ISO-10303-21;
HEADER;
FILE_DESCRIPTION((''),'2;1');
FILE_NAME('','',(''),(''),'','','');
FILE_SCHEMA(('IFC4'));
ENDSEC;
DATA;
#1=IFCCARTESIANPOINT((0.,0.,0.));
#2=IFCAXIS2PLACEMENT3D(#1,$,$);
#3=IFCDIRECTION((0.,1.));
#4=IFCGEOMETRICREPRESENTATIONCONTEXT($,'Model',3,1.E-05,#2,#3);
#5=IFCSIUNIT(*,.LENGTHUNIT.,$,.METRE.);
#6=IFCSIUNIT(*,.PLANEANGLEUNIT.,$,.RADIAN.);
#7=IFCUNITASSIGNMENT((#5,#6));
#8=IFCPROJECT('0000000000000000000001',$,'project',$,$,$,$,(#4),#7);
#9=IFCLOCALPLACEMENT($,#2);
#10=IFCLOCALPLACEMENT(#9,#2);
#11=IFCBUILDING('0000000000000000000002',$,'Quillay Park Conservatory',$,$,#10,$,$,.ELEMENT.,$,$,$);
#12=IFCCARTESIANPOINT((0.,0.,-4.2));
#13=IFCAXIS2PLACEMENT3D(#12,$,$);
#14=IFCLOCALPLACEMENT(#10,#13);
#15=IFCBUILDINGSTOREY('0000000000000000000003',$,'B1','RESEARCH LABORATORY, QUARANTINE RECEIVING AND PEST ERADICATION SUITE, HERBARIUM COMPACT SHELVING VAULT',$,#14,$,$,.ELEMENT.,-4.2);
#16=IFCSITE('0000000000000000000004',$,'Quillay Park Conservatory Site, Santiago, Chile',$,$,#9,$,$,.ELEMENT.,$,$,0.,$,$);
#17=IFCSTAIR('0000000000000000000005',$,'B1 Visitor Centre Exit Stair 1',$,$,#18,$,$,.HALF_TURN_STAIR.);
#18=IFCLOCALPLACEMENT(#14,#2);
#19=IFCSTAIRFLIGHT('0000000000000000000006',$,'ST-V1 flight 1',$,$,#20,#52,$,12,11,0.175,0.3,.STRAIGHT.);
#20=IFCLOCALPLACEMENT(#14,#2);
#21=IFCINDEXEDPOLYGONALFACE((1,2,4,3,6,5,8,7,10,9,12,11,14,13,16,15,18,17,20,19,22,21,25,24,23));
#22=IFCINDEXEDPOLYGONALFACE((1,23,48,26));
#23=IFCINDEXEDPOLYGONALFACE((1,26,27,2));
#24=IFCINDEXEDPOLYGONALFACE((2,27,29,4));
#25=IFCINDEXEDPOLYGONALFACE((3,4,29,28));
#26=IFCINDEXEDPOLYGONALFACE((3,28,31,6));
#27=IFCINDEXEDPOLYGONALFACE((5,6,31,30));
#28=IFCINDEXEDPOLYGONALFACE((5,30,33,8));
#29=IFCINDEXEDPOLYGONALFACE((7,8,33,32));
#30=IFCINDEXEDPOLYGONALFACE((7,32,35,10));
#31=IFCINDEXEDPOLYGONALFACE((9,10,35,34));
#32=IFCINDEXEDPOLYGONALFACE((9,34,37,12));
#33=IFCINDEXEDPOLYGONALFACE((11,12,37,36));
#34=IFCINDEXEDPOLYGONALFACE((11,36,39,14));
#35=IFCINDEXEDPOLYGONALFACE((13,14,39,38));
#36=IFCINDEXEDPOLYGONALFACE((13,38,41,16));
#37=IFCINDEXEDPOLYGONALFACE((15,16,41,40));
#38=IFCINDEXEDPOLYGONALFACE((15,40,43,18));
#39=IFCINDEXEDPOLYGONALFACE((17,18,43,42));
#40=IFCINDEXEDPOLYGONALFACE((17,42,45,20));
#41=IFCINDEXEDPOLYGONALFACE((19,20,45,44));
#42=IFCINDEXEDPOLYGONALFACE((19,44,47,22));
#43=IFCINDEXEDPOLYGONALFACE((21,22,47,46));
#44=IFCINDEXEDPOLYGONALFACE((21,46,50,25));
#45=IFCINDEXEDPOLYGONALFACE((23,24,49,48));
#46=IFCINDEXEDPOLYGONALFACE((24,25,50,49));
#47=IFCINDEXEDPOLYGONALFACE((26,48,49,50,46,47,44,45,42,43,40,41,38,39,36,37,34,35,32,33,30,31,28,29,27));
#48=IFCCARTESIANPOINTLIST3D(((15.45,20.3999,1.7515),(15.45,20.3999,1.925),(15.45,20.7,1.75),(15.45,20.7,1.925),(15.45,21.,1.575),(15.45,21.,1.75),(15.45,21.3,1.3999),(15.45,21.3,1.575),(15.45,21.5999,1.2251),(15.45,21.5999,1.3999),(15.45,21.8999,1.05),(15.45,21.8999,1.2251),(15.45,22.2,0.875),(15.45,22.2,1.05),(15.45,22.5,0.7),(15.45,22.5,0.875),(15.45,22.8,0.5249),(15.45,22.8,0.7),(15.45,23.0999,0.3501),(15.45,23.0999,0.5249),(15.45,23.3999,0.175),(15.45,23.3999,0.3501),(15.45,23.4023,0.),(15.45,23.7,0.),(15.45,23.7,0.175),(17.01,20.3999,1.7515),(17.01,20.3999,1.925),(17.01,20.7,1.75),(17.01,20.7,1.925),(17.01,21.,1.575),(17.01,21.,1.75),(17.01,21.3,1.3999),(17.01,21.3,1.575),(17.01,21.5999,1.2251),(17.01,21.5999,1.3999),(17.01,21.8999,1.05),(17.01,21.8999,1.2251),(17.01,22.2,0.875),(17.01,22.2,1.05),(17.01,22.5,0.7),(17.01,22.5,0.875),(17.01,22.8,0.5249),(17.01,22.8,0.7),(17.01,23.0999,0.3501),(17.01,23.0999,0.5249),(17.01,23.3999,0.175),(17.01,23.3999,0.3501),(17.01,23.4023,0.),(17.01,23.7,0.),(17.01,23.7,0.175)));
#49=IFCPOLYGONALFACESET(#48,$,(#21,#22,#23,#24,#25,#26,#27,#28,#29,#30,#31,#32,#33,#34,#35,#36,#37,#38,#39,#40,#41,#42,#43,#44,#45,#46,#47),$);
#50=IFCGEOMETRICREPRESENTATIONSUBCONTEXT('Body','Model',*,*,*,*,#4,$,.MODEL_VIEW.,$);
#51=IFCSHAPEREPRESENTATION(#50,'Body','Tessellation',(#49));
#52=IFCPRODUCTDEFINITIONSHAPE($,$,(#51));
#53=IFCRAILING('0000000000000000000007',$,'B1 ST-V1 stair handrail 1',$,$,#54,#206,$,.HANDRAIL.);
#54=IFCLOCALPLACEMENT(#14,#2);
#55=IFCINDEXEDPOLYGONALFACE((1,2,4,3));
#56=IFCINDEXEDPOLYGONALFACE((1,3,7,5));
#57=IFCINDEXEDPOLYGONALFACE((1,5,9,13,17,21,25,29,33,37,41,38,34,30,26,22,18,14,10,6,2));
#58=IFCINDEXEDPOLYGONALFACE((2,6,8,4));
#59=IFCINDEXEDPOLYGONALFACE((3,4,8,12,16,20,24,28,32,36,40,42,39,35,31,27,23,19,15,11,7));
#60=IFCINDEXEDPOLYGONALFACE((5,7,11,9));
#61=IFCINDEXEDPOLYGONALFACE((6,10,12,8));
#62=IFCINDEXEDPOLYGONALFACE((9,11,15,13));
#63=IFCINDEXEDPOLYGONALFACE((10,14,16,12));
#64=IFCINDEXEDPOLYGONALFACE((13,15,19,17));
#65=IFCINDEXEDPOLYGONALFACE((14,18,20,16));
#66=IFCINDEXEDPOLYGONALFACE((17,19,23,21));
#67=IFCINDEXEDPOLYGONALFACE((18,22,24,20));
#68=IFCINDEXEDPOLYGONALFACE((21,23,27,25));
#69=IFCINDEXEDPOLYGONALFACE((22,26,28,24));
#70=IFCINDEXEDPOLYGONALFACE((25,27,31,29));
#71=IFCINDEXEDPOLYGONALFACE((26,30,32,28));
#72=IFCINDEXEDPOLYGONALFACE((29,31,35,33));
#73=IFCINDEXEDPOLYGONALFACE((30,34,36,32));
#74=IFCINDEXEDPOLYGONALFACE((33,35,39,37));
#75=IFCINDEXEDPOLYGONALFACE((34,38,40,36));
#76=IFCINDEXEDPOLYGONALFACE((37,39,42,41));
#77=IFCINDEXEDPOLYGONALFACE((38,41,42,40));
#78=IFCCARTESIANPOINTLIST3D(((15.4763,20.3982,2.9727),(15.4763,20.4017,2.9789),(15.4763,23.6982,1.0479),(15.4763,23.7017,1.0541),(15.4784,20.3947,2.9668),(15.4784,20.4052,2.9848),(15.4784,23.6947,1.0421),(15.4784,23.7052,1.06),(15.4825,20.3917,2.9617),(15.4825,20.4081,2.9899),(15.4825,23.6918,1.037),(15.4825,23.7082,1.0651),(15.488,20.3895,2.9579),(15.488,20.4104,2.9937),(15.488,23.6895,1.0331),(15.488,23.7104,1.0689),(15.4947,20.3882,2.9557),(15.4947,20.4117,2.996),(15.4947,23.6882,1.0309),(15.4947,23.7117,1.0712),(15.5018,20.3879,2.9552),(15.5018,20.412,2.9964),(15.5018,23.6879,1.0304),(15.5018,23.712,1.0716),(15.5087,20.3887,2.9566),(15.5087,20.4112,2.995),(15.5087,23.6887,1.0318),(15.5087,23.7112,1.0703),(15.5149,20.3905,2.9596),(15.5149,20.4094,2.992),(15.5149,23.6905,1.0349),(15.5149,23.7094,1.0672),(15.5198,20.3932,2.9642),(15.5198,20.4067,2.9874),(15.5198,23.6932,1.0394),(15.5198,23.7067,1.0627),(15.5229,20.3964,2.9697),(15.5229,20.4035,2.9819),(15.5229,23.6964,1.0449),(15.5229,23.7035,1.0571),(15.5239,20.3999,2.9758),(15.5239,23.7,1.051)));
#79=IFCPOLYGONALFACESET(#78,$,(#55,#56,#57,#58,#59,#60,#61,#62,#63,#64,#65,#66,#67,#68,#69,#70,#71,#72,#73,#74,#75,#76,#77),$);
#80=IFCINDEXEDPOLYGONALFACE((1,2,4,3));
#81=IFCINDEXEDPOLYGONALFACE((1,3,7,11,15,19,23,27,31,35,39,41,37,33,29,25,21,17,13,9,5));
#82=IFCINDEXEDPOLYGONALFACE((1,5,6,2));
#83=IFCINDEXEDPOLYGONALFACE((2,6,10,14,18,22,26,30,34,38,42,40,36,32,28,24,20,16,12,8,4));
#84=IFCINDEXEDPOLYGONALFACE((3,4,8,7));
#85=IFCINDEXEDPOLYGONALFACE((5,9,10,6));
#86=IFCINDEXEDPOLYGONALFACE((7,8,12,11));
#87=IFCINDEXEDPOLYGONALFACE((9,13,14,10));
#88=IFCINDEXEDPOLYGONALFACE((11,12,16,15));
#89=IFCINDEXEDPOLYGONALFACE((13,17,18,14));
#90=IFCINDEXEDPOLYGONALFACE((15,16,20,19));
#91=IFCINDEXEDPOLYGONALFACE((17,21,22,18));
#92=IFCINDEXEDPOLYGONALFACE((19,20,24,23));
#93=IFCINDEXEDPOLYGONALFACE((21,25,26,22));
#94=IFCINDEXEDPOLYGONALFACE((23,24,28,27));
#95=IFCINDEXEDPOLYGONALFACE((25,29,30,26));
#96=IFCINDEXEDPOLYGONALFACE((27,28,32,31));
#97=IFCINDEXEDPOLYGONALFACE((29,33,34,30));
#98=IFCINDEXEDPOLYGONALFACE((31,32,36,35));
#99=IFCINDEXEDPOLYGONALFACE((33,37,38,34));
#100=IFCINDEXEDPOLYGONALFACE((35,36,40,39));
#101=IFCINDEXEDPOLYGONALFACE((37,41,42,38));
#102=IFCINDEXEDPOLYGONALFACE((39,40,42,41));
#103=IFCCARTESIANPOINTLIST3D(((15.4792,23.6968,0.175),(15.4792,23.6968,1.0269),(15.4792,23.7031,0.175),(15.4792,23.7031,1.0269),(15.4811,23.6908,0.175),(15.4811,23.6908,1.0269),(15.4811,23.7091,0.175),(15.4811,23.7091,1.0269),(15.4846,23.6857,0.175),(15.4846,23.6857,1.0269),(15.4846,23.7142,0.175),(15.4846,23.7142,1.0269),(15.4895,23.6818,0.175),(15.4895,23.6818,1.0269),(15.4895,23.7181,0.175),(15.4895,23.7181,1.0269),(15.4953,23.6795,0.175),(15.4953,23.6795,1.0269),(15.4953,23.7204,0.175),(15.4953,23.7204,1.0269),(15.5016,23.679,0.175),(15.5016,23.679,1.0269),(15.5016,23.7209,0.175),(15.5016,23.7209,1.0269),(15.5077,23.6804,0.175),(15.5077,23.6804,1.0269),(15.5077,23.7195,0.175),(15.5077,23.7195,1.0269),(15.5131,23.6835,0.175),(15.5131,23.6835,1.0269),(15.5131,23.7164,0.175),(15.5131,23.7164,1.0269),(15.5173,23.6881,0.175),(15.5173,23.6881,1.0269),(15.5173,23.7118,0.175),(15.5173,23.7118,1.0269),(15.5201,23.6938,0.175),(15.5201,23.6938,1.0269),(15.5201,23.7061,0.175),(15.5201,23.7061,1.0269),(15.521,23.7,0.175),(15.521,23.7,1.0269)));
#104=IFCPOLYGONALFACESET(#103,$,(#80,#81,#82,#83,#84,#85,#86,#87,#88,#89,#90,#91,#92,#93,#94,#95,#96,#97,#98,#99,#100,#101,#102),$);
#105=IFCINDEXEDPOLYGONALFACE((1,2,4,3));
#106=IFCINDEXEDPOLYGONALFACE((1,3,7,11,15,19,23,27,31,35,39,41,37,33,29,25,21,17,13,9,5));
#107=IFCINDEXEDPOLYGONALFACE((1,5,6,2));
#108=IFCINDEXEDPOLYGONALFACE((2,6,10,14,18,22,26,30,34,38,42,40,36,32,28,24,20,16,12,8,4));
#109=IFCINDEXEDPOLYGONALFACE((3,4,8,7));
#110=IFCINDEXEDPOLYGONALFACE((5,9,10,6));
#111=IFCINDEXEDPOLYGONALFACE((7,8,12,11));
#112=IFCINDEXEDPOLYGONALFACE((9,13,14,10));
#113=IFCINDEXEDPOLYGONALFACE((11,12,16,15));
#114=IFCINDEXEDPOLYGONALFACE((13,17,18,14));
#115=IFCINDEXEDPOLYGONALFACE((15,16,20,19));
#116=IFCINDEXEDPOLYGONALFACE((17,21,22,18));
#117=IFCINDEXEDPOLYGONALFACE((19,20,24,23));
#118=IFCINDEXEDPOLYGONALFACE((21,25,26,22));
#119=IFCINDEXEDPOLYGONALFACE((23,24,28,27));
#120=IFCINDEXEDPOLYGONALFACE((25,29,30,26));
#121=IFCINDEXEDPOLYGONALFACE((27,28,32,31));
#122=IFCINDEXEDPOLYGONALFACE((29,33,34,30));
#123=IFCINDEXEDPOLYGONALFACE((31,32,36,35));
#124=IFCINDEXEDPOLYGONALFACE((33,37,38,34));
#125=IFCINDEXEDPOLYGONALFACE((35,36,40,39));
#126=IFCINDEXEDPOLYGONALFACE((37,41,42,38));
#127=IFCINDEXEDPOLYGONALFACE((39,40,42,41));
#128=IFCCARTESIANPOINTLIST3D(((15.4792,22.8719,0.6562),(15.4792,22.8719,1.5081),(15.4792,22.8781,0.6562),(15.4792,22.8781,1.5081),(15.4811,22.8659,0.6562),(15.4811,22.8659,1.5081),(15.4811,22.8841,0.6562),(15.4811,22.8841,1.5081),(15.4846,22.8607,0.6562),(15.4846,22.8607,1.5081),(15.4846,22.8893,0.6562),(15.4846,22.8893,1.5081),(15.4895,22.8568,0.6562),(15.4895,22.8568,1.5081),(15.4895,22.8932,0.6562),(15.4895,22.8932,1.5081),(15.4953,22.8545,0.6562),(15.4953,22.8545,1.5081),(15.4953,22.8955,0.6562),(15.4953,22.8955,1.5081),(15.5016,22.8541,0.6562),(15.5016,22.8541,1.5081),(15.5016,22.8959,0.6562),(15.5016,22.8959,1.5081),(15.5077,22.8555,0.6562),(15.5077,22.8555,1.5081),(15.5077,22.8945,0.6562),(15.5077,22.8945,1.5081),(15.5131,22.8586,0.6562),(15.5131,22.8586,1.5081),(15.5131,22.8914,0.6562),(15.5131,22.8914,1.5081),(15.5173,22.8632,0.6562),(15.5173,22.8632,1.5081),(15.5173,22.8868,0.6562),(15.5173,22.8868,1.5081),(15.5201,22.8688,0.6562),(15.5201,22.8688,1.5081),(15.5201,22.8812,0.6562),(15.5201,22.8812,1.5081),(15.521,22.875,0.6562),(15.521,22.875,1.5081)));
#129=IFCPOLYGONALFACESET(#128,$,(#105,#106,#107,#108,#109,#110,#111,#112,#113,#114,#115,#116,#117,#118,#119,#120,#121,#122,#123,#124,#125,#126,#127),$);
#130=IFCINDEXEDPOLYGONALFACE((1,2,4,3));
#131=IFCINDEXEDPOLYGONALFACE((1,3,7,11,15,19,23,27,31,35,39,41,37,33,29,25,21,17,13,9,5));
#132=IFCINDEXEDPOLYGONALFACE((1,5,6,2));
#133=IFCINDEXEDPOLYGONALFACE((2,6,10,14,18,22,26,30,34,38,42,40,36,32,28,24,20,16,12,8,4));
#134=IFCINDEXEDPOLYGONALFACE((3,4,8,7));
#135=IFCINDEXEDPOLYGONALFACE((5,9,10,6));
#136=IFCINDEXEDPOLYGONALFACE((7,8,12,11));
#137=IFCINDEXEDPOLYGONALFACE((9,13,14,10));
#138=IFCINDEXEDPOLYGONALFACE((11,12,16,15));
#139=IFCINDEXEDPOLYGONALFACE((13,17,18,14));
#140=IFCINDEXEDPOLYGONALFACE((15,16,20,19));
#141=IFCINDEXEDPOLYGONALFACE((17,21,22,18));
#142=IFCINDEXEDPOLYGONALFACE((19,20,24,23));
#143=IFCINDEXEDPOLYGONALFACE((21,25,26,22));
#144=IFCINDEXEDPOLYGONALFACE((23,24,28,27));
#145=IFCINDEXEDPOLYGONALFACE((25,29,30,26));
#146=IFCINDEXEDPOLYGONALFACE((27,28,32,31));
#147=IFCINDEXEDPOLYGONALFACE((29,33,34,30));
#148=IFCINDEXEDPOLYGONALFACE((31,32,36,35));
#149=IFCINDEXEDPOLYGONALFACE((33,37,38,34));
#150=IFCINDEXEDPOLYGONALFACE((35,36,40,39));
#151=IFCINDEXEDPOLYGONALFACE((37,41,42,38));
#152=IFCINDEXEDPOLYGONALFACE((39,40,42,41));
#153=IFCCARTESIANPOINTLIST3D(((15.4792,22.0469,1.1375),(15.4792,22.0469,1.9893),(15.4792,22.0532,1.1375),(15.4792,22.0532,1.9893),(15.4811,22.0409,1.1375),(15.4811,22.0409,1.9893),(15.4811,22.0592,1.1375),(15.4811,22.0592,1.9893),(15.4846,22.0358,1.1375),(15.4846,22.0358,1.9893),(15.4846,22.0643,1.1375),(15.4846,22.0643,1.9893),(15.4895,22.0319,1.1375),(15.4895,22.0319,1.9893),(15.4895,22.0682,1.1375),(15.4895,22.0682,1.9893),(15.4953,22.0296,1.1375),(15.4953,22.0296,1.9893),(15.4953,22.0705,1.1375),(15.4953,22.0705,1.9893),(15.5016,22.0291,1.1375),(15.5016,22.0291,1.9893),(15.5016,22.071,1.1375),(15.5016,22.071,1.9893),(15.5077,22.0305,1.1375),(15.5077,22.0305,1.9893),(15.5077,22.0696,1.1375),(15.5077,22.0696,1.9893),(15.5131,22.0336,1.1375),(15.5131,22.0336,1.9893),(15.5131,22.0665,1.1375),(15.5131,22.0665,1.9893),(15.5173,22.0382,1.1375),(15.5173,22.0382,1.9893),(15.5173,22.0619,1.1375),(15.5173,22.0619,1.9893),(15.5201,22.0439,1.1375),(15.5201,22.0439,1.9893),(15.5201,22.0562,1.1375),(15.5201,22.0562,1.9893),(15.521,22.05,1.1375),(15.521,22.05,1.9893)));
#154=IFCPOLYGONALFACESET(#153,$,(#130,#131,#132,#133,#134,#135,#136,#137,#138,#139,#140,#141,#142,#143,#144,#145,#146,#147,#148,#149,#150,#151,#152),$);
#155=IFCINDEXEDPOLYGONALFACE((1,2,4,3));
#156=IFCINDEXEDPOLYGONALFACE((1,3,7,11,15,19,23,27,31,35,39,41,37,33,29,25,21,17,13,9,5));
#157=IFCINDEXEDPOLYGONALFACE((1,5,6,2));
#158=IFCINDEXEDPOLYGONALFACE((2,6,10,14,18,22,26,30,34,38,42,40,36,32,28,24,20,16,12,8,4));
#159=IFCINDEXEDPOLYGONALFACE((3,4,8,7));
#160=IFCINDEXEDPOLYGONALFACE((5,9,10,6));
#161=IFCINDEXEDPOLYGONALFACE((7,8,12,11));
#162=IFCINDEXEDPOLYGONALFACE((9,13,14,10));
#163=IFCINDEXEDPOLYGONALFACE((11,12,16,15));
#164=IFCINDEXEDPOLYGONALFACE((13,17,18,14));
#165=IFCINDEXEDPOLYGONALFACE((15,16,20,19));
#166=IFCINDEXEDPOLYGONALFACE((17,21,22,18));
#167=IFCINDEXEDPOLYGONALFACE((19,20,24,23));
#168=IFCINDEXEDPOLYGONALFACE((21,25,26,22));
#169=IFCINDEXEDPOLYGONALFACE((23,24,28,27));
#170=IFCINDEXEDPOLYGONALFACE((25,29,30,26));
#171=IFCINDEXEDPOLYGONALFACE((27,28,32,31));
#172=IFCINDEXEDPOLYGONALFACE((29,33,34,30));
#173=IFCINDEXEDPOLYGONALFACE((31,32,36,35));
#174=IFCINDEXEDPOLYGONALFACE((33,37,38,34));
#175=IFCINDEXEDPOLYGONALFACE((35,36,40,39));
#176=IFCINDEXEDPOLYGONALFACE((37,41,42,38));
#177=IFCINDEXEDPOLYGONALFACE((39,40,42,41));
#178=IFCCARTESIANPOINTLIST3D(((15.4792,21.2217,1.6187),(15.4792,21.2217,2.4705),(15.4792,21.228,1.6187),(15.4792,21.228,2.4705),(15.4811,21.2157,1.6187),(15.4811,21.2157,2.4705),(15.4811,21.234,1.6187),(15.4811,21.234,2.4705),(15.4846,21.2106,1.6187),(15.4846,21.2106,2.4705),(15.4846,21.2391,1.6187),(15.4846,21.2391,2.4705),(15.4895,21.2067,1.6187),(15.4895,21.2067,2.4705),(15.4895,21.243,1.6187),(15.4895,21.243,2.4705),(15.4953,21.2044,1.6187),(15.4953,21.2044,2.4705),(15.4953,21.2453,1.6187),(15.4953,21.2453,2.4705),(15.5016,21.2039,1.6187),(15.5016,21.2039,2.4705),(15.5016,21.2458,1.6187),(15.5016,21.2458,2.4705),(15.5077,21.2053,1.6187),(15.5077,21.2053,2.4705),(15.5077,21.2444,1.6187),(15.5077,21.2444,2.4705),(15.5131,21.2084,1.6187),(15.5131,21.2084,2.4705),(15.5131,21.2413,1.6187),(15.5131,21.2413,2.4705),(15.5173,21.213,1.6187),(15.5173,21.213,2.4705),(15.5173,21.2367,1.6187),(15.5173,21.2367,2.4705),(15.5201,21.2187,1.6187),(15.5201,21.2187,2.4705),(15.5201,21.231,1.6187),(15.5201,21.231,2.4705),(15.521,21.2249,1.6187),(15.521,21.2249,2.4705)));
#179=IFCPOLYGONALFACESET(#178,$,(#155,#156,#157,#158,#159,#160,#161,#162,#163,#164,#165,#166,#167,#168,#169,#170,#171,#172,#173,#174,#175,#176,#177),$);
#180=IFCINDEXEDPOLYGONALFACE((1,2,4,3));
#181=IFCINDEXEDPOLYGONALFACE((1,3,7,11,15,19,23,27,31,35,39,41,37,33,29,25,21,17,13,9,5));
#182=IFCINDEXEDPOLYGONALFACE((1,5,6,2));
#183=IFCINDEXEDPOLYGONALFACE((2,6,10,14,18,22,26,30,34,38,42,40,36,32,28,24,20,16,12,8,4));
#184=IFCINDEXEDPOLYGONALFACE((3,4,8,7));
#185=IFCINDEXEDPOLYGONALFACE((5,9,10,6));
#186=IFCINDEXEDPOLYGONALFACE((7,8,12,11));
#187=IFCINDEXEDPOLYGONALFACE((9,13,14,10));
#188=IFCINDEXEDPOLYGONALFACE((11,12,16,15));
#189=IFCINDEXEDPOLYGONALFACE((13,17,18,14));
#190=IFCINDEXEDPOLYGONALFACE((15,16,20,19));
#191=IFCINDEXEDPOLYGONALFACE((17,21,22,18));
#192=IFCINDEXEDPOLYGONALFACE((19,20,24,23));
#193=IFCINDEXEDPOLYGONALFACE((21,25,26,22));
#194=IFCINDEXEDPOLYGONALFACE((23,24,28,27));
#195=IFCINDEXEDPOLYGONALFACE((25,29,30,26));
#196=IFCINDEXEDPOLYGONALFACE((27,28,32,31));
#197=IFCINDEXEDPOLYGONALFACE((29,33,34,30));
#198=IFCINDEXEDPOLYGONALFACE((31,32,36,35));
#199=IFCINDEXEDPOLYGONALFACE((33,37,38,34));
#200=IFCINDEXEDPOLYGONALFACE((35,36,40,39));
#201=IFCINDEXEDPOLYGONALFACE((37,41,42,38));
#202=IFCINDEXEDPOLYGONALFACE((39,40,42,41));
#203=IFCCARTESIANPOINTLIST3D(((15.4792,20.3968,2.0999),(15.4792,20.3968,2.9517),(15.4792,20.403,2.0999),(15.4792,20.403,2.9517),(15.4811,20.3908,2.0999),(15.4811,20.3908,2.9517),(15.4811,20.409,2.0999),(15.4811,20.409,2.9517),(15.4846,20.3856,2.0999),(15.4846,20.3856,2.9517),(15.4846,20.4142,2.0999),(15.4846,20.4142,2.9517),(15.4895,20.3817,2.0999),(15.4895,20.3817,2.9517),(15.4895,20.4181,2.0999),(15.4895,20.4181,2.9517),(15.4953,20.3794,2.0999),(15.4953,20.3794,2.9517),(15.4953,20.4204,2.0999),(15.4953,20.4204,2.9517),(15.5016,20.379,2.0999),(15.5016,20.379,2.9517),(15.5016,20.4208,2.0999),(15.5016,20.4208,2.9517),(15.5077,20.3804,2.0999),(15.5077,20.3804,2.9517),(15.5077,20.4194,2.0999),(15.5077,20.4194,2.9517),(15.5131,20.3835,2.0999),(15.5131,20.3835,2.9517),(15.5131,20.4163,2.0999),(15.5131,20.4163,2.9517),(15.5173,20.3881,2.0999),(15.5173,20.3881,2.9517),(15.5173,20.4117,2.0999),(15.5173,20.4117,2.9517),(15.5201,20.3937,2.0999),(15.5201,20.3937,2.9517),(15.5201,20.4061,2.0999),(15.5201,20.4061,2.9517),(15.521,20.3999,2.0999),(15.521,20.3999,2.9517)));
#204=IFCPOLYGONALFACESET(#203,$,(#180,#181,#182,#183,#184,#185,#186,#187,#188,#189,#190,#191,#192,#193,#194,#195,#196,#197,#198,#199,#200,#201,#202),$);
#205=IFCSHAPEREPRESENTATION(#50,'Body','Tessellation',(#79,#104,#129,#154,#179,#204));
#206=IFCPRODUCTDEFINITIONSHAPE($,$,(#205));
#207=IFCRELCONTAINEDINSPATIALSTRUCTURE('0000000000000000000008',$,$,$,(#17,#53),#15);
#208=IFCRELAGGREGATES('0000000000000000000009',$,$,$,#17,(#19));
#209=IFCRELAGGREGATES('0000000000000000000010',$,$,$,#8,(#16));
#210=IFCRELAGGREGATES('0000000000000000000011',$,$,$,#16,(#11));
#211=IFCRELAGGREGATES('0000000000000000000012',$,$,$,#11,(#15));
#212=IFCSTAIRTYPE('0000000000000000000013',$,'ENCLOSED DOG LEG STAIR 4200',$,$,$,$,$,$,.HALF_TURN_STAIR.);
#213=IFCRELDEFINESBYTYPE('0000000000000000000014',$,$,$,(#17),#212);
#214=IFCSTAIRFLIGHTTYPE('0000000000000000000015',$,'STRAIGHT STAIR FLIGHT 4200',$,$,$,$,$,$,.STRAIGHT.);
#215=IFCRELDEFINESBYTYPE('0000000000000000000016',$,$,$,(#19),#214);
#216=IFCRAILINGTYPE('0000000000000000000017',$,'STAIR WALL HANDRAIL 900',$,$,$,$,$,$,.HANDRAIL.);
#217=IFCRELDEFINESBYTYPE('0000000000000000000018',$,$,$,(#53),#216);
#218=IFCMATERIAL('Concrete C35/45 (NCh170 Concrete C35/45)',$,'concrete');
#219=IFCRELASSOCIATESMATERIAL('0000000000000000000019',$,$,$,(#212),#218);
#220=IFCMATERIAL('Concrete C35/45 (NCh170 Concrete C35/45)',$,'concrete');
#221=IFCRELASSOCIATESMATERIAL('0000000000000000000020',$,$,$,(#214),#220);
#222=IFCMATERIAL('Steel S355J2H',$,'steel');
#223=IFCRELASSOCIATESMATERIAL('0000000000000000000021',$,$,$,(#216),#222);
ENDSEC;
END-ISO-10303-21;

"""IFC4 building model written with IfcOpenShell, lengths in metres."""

from ifc_helpers import new_model, si_unit, direction, frame, origin, origin_2d, place, context, subcontext, project, spatial, polyline, circle, outline, extrude, material, type_object, element, aggregate, save


model = new_model("IFC4")

# Units and contexts
model_context = context("Model", 3, precision=1e-05, world=origin(), true_north=direction((0.0, 1.0)))
body_context = subcontext(model_context, "Body", "Model", "MODEL_VIEW")
ifc_project = project(units=[si_unit("LENGTHUNIT", "METRE"), si_unit("PLANEANGLEUNIT", "RADIAN")], contexts=[model_context])

# Site, building, storey
site_placement = place(None, origin())
site = spatial("IfcSite", under=ifc_project, at=site_placement, Name="Quillay Park Conservatory Site, Santiago, Chile", CompositionType="ELEMENT", RefElevation=0.0)
building_placement = place(site_placement, origin())
building = spatial("IfcBuilding", under=site, at=building_placement, Name="Quillay Park Conservatory", CompositionType="ELEMENT")
storey_placement = place(building_placement, frame((0.0, 0.0, -4.2)))
storey = spatial("IfcBuildingStorey", under=building, at=storey_placement, Name="B1", Description="RESEARCH LABORATORY, QUARANTINE RECEIVING AND PEST ERADICATION SUITE, HERBARIUM COMPACT SHELVING VAULT", CompositionType="ELEMENT", Elevation=-4.2)

# Stair, stair flight
ifc_material_1 = material(Name="Concrete C35/45 (NCh170 Concrete C35/45)", Category="concrete")
stair_type = type_object("IfcStairType", Name="ENCLOSED DOG LEG STAIR 4200", PredefinedType="HALF_TURN_STAIR", material=ifc_material_1)
stair_placement = place(storey_placement, origin())
stair = element("IfcStair", 1, at=stair_placement, inside=storey, type_object=stair_type, Name="B1 Visitor Centre Exit Stair 1", PredefinedType="HALF_TURN_STAIR")
ifc_material_2 = material(Name="Concrete C35/45 (NCh170 Concrete C35/45)", Category="concrete")
stair_flight_type = type_object("IfcStairFlightType", Name="STRAIGHT STAIR FLIGHT 4200", PredefinedType="STRAIGHT", material=ifc_material_2)
stair_flight_placement = place(storey_placement, frame((16.23, 23.7, 0.0), z_axis=(0.0, 0.0, 1.0), x_axis=(0.0, -1.0, 0.0)))
stair_flight = element("IfcStairFlight", 2, at=stair_flight_placement, type_object=stair_flight_type, Name="ST-V1 flight 1", NumberOfRisers=12, NumberOfTreads=11, PredefinedType="STRAIGHT", RiserHeight=0.175, TreadLength=0.3, context=body_context, shape_type="SweptSolid", body=[
    extrude(outline(polyline([(0.0, 0.0), (0.0, 0.175), (0.3, 0.175), (0.3, 0.3501), (0.6001, 0.3501), (0.6001, 0.5249), (0.8999, 0.5249), (0.8999, 0.7), (1.2, 0.7), (1.2, 0.875), (1.5, 0.875), (1.5, 1.05), (1.8, 1.05), (1.8, 1.2251), (2.1001, 1.2251), (2.1001, 1.3999), (2.3999, 1.3999), (2.3999, 1.575), (2.7, 1.575), (2.7, 1.75), (3.0, 1.75), (3.0, 1.925), (3.3, 1.925), (3.3, 2.1001), (3.3, 1.7515), (0.2976, 0.0), (0.0, 0.0)])), frame((0.0, 0.78, 0.0), z_axis=(0.0, -1.0, 0.0), x_axis=(1.0, 0.0, 0.0)), (0.0, 0.0, 1.0), 1.5601),
])
aggregate(stair, [stair_flight])

# Railing
ifc_material_3 = material(Name="Steel S355J2H", Category="steel")
railing_type_1 = type_object("IfcRailingType", Name="STAIR WALL HANDRAIL 900", PredefinedType="HANDRAIL", material=ifc_material_3)
railing_1_placement = place(storey_placement, frame((15.5, 23.7, 0.175)))
element("IfcRailing", 3, at=railing_1_placement, inside=storey, type_object=railing_type_1, Name="B1 ST-V1 stair handrail 1", PredefinedType="HANDRAIL", context=body_context, shape_type="SweptSolid", body=[
    extrude(circle(Radius=0.0239, at=origin_2d()), frame((0.0, 0.0, 0.876), z_axis=(0.0, -0.863804, 0.503827), x_axis=(1.0, 0.0, 0.0)), (0.0, 0.0, 1.0), 3.8203),
    extrude(circle(Radius=0.021, at=origin_2d()), origin(), (0.0, 0.0, 1.0), 0.8518),
    extrude(circle(Radius=0.021, at=origin_2d()), frame((0.0, -0.825, 0.4812)), (0.0, 0.0, 1.0), 0.8518),
    extrude(circle(Radius=0.021, at=origin_2d()), frame((0.0, -1.6499, 0.9624)), (0.0, 0.0, 1.0), 0.8518),
    extrude(circle(Radius=0.021, at=origin_2d()), frame((0.0, -2.4751, 1.4436)), (0.0, 0.0, 1.0), 0.8518),
    extrude(circle(Radius=0.021, at=origin_2d()), frame((0.0, -3.3, 1.9248)), (0.0, 0.0, 1.0), 0.8518),
])

save(model, "model.ifc")
